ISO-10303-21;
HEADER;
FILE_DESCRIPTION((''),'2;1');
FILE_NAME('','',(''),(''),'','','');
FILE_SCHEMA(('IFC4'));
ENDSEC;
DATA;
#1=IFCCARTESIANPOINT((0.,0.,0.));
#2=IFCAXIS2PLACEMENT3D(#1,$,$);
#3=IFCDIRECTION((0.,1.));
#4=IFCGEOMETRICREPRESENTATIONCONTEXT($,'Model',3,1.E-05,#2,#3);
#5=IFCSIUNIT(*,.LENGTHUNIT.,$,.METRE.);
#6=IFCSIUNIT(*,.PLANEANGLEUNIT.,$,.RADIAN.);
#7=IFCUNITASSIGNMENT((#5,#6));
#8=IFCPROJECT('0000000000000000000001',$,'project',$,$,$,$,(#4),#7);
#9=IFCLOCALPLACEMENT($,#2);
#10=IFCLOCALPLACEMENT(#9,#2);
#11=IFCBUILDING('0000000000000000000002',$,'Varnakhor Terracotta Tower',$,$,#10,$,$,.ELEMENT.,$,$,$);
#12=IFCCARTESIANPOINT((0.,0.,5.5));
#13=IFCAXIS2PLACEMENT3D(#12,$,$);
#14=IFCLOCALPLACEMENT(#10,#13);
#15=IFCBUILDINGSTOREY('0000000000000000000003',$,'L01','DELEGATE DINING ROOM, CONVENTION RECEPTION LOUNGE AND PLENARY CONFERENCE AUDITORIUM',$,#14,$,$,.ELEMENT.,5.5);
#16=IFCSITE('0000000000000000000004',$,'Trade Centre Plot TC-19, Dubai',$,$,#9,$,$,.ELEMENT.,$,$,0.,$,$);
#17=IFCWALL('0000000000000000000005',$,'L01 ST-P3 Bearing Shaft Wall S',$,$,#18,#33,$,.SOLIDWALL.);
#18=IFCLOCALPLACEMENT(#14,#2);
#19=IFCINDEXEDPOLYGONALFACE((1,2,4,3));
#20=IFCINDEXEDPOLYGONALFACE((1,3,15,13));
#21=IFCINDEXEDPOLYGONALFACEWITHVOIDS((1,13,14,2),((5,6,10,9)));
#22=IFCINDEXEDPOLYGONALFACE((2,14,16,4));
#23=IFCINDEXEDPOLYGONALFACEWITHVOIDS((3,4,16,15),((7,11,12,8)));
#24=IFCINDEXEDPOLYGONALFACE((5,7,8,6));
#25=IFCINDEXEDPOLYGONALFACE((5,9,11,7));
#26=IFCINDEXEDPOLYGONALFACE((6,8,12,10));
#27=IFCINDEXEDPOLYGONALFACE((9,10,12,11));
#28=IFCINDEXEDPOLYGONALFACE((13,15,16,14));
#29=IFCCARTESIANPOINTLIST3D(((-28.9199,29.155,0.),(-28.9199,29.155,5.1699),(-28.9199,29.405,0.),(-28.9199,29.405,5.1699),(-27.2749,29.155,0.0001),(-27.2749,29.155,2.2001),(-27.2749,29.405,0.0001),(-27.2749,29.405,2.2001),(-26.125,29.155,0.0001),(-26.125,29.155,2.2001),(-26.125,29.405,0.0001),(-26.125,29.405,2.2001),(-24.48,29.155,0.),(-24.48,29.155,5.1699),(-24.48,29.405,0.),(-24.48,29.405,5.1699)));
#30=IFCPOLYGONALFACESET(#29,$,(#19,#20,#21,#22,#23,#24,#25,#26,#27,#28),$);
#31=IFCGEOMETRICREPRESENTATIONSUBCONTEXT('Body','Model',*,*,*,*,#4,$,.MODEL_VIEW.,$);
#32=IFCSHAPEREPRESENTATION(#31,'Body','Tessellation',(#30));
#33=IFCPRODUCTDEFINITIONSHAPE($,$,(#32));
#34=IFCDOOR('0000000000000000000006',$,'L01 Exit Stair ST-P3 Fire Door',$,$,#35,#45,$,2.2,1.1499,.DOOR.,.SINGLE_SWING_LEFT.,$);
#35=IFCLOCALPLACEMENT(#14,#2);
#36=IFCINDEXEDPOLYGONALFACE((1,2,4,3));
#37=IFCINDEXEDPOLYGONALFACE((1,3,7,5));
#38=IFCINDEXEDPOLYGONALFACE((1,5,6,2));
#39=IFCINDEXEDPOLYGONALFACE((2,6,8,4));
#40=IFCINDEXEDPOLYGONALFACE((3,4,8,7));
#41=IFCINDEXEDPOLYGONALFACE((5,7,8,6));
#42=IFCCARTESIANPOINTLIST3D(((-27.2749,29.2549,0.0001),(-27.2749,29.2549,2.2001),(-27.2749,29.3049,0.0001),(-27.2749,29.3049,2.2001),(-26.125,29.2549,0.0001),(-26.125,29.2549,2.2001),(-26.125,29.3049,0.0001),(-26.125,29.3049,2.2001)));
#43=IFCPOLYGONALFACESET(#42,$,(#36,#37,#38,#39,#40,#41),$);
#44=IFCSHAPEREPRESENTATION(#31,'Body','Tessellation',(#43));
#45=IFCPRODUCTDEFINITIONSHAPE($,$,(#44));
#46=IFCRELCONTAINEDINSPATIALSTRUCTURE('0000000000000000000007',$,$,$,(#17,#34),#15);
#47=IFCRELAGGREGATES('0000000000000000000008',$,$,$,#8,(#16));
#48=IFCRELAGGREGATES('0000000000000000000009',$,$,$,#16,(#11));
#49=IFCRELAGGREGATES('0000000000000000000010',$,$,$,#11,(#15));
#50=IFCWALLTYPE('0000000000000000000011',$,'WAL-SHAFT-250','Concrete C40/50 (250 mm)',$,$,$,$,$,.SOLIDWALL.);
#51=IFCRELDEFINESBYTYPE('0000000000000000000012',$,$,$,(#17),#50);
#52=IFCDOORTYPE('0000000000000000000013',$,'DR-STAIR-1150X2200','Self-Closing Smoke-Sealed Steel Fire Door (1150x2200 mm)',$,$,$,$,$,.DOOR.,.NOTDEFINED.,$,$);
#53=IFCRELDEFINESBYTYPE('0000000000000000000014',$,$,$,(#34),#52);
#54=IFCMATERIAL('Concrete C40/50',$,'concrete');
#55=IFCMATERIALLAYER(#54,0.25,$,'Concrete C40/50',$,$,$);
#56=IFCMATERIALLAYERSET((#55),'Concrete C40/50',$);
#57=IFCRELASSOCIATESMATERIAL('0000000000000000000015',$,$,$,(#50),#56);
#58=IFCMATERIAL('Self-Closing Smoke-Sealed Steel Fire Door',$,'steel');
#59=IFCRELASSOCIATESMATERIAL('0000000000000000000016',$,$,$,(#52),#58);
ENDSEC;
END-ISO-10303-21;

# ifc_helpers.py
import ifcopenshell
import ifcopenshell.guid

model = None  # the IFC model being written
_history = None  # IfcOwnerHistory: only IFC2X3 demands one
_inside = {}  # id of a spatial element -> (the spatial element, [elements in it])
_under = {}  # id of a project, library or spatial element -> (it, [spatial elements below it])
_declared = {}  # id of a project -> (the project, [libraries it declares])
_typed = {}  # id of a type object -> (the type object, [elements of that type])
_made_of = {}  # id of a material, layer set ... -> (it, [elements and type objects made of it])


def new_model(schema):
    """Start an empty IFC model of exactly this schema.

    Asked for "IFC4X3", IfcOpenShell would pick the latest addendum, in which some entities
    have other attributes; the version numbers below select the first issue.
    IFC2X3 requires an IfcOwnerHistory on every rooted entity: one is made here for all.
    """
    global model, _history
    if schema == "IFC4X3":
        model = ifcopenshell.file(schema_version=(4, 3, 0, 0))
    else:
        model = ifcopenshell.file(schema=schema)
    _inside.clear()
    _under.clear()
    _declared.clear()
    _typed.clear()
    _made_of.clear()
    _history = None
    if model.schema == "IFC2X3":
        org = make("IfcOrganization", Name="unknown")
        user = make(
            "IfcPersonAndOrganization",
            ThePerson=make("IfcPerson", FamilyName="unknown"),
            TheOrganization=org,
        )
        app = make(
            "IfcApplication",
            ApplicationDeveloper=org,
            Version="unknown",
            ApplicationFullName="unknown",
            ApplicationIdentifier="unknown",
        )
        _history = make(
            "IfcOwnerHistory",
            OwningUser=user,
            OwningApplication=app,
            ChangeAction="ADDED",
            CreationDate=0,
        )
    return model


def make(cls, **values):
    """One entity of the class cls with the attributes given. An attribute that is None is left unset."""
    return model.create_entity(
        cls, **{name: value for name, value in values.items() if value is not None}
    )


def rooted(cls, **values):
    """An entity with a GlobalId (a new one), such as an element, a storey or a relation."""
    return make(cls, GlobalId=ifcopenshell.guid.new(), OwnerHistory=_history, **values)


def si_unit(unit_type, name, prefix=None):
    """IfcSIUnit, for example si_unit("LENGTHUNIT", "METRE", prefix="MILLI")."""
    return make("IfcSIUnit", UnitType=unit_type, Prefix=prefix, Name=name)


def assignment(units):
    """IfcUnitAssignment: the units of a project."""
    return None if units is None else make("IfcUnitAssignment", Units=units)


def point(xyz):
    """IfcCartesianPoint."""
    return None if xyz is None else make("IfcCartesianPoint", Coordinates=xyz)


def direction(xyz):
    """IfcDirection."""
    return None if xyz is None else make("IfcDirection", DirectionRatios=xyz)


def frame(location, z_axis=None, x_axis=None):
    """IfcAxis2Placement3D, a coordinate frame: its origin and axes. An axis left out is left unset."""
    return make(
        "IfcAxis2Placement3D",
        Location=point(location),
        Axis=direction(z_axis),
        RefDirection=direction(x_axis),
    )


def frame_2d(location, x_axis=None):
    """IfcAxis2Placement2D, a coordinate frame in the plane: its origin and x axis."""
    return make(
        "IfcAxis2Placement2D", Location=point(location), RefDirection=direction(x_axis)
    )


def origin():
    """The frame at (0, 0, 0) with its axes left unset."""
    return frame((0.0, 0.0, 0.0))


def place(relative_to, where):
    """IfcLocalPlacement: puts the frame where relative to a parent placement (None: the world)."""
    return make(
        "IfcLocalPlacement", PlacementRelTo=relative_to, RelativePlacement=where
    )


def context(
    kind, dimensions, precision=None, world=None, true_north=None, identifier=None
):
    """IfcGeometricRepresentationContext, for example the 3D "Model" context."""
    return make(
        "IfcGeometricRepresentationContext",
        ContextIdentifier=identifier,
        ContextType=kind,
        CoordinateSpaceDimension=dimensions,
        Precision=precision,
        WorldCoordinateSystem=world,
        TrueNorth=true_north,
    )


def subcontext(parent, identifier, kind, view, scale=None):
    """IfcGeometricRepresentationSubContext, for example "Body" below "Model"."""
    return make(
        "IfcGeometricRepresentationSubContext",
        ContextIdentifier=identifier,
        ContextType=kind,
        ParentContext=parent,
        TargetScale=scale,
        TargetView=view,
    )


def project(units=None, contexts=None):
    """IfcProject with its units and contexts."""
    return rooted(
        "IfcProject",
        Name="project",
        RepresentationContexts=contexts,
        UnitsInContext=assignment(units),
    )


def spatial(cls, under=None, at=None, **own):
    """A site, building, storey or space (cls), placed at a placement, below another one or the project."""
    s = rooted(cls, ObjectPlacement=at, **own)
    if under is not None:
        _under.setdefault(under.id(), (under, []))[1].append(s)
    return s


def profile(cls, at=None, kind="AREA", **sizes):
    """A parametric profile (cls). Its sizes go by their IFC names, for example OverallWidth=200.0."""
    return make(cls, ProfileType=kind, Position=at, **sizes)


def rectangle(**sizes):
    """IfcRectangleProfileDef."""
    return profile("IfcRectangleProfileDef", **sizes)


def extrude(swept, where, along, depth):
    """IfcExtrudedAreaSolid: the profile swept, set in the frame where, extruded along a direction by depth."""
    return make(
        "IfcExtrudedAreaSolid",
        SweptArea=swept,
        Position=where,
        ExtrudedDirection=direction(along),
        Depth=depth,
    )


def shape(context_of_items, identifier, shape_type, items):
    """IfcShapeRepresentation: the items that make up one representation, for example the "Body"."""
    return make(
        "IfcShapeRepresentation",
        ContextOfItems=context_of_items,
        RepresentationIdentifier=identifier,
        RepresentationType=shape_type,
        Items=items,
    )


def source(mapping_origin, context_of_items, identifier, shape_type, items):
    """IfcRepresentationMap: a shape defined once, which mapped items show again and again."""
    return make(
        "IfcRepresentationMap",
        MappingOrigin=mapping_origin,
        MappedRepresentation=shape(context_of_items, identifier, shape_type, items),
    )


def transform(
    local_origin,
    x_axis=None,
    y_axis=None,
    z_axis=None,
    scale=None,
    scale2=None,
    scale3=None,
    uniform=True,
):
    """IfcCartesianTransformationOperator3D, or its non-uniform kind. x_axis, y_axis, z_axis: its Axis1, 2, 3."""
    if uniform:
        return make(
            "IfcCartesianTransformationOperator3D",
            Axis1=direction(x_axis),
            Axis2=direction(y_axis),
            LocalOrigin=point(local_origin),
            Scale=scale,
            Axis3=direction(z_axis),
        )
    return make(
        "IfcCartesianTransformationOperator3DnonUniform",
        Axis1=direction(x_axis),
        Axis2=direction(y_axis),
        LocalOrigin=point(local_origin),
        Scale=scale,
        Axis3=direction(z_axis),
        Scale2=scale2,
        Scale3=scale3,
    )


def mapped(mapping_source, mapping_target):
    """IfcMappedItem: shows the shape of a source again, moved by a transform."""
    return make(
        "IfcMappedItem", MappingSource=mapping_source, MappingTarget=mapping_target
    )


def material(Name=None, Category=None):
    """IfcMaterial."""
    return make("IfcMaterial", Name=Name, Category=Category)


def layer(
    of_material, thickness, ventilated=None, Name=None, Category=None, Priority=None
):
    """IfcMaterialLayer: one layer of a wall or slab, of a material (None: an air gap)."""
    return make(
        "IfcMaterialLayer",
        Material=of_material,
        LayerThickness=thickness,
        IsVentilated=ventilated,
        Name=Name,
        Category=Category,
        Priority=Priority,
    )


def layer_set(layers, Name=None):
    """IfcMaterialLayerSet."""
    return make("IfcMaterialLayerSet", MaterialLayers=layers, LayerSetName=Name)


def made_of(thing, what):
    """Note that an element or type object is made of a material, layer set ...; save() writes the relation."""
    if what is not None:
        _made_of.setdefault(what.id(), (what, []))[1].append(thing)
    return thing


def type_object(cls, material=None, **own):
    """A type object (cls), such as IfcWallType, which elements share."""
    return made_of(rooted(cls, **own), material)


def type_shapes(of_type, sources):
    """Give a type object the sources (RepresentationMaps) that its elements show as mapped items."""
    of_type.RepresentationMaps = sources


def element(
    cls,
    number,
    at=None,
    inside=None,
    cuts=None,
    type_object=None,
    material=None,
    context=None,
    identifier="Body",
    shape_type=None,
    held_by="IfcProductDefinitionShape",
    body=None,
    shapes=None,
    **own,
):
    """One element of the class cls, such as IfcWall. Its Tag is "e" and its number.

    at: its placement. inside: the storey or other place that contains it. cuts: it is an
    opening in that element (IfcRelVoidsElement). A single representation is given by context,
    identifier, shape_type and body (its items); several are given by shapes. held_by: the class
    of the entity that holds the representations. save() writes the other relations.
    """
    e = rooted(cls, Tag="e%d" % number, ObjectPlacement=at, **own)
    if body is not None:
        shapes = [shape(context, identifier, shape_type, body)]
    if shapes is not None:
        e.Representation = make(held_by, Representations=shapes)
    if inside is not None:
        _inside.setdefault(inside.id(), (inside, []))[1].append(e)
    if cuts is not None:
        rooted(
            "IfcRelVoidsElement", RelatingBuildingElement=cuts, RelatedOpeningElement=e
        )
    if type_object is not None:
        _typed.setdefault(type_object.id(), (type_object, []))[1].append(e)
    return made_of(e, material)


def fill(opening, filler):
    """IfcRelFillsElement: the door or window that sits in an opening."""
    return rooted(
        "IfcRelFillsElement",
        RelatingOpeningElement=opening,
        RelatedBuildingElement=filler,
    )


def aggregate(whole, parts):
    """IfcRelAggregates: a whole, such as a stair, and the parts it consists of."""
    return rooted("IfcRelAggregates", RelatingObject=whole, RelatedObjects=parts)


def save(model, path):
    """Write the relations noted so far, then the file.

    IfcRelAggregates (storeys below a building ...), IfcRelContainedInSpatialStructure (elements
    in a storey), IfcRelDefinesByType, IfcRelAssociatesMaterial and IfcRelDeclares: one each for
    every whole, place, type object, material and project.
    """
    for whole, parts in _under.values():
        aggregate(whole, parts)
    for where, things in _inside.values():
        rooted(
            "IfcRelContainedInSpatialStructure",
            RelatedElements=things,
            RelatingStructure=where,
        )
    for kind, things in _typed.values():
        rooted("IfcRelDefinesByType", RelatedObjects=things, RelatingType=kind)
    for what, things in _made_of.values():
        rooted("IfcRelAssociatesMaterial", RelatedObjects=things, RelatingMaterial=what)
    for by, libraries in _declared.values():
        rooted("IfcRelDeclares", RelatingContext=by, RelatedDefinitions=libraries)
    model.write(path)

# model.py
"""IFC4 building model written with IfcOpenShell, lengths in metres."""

from ifc_helpers import new_model, si_unit, direction, frame, frame_2d, origin, place, context, subcontext, project, spatial, rectangle, extrude, source, transform, mapped, material, layer, layer_set, type_object, type_shapes, element, fill, save


model = new_model("IFC4")

# Units and contexts
model_context = context("Model", 3, precision=1e-05, world=origin(), true_north=direction((0.0, 1.0)))
body_context = subcontext(model_context, "Body", "Model", "MODEL_VIEW")
ifc_project = project(units=[si_unit("LENGTHUNIT", "METRE"), si_unit("PLANEANGLEUNIT", "RADIAN")], contexts=[model_context])

# Site, building, storey
site_placement = place(None, origin())
site = spatial("IfcSite", under=ifc_project, at=site_placement, Name="Trade Centre Plot TC-19, Dubai", CompositionType="ELEMENT", RefElevation=0.0)
building_placement = place(site_placement, origin())
building = spatial("IfcBuilding", under=site, at=building_placement, Name="Varnakhor Terracotta Tower", CompositionType="ELEMENT")
storey_placement = place(building_placement, frame((0.0, 0.0, 5.5)))
storey = spatial("IfcBuildingStorey", under=building, at=storey_placement, Name="L01", Description="DELEGATE DINING ROOM, CONVENTION RECEPTION LOUNGE AND PLENARY CONFERENCE AUDITORIUM", CompositionType="ELEMENT", Elevation=5.5)

# Shared definitions
ifc_material_1 = material(Name="Concrete C40/50", Category="concrete")
ifc_layer_1 = layer(ifc_material_1, 0.25, Name="Concrete C40/50")
ifc_layer_set_1 = layer_set([ifc_layer_1], Name="Concrete C40/50")
wall_type_1 = type_object("IfcWallType", Name="WAL-SHAFT-250", Description="Concrete C40/50 (250 mm)", PredefinedType="SOLIDWALL", material=ifc_layer_set_1)

# Wall, opening, door
wall_1_placement = place(storey_placement, frame((-28.9199, 29.28, 0.0), z_axis=(0.0, 0.0, 1.0), x_axis=(1.0, 0.0, 0.0)))
wall_1 = element("IfcWall", 1, at=wall_1_placement, inside=storey, type_object=wall_type_1, Name="L01 ST-P3 Bearing Shaft Wall S", PredefinedType="SOLIDWALL", context=body_context, shape_type="SweptSolid", body=[
    extrude(rectangle(XDim=4.4399, YDim=0.25, at=frame_2d((2.22, 0.0))), origin(), (0.0, 0.0, 1.0), 5.1699),
])
opening_1_placement = place(wall_1_placement, frame((1.645, 0.0, 0.0)))
opening_1 = element("IfcOpeningElement", 2, at=opening_1_placement, cuts=wall_1, PredefinedType="OPENING", context=body_context, shape_type="SweptSolid", body=[
    extrude(rectangle(XDim=1.1499, YDim=2.2, at=frame_2d((0.575, 1.1001))), frame((0.0, 0.135, 0.0), z_axis=(0.0, -1.0, 0.0), x_axis=(1.0, 0.0, 0.0)), (0.0, 0.0, 1.0), 0.27),
])
ifc_material_2 = material(Name="Self-Closing Smoke-Sealed Steel Fire Door", Category="steel")
door_type_1 = type_object("IfcDoorType", Name="DR-STAIR-1150X2200", Description="Self-Closing Smoke-Sealed Steel Fire Door (1150x2200 mm)", OperationType="NOTDEFINED", PredefinedType="DOOR", material=ifc_material_2)
shared_shape_1 = source(origin(), body_context, "Body", "SweptSolid", [
    extrude(rectangle(XDim=1.1499, YDim=2.2, at=frame_2d((0.575, 1.1001))), frame((0.0, 0.0249, 0.0), z_axis=(0.0, -1.0, 0.0), x_axis=(1.0, 0.0, 0.0)), (0.0, 0.0, 1.0), 0.05),
])
type_shapes(door_type_1, [shared_shape_1])
door_1_placement = place(opening_1_placement, origin())
door_1 = element("IfcDoor", 3, at=door_1_placement, inside=storey, type_object=door_type_1, Name="L01 Exit Stair ST-P3 Fire Door", OperationType="SINGLE_SWING_LEFT", OverallHeight=2.2, OverallWidth=1.1499, PredefinedType="DOOR", context=body_context, shape_type="MappedRepresentation", body=[
    mapped(shared_shape_1, transform((0.0, 0.0, 0.0), scale=1.0)),
])
fill(opening_1, door_1)

save(model, "model.ifc")
